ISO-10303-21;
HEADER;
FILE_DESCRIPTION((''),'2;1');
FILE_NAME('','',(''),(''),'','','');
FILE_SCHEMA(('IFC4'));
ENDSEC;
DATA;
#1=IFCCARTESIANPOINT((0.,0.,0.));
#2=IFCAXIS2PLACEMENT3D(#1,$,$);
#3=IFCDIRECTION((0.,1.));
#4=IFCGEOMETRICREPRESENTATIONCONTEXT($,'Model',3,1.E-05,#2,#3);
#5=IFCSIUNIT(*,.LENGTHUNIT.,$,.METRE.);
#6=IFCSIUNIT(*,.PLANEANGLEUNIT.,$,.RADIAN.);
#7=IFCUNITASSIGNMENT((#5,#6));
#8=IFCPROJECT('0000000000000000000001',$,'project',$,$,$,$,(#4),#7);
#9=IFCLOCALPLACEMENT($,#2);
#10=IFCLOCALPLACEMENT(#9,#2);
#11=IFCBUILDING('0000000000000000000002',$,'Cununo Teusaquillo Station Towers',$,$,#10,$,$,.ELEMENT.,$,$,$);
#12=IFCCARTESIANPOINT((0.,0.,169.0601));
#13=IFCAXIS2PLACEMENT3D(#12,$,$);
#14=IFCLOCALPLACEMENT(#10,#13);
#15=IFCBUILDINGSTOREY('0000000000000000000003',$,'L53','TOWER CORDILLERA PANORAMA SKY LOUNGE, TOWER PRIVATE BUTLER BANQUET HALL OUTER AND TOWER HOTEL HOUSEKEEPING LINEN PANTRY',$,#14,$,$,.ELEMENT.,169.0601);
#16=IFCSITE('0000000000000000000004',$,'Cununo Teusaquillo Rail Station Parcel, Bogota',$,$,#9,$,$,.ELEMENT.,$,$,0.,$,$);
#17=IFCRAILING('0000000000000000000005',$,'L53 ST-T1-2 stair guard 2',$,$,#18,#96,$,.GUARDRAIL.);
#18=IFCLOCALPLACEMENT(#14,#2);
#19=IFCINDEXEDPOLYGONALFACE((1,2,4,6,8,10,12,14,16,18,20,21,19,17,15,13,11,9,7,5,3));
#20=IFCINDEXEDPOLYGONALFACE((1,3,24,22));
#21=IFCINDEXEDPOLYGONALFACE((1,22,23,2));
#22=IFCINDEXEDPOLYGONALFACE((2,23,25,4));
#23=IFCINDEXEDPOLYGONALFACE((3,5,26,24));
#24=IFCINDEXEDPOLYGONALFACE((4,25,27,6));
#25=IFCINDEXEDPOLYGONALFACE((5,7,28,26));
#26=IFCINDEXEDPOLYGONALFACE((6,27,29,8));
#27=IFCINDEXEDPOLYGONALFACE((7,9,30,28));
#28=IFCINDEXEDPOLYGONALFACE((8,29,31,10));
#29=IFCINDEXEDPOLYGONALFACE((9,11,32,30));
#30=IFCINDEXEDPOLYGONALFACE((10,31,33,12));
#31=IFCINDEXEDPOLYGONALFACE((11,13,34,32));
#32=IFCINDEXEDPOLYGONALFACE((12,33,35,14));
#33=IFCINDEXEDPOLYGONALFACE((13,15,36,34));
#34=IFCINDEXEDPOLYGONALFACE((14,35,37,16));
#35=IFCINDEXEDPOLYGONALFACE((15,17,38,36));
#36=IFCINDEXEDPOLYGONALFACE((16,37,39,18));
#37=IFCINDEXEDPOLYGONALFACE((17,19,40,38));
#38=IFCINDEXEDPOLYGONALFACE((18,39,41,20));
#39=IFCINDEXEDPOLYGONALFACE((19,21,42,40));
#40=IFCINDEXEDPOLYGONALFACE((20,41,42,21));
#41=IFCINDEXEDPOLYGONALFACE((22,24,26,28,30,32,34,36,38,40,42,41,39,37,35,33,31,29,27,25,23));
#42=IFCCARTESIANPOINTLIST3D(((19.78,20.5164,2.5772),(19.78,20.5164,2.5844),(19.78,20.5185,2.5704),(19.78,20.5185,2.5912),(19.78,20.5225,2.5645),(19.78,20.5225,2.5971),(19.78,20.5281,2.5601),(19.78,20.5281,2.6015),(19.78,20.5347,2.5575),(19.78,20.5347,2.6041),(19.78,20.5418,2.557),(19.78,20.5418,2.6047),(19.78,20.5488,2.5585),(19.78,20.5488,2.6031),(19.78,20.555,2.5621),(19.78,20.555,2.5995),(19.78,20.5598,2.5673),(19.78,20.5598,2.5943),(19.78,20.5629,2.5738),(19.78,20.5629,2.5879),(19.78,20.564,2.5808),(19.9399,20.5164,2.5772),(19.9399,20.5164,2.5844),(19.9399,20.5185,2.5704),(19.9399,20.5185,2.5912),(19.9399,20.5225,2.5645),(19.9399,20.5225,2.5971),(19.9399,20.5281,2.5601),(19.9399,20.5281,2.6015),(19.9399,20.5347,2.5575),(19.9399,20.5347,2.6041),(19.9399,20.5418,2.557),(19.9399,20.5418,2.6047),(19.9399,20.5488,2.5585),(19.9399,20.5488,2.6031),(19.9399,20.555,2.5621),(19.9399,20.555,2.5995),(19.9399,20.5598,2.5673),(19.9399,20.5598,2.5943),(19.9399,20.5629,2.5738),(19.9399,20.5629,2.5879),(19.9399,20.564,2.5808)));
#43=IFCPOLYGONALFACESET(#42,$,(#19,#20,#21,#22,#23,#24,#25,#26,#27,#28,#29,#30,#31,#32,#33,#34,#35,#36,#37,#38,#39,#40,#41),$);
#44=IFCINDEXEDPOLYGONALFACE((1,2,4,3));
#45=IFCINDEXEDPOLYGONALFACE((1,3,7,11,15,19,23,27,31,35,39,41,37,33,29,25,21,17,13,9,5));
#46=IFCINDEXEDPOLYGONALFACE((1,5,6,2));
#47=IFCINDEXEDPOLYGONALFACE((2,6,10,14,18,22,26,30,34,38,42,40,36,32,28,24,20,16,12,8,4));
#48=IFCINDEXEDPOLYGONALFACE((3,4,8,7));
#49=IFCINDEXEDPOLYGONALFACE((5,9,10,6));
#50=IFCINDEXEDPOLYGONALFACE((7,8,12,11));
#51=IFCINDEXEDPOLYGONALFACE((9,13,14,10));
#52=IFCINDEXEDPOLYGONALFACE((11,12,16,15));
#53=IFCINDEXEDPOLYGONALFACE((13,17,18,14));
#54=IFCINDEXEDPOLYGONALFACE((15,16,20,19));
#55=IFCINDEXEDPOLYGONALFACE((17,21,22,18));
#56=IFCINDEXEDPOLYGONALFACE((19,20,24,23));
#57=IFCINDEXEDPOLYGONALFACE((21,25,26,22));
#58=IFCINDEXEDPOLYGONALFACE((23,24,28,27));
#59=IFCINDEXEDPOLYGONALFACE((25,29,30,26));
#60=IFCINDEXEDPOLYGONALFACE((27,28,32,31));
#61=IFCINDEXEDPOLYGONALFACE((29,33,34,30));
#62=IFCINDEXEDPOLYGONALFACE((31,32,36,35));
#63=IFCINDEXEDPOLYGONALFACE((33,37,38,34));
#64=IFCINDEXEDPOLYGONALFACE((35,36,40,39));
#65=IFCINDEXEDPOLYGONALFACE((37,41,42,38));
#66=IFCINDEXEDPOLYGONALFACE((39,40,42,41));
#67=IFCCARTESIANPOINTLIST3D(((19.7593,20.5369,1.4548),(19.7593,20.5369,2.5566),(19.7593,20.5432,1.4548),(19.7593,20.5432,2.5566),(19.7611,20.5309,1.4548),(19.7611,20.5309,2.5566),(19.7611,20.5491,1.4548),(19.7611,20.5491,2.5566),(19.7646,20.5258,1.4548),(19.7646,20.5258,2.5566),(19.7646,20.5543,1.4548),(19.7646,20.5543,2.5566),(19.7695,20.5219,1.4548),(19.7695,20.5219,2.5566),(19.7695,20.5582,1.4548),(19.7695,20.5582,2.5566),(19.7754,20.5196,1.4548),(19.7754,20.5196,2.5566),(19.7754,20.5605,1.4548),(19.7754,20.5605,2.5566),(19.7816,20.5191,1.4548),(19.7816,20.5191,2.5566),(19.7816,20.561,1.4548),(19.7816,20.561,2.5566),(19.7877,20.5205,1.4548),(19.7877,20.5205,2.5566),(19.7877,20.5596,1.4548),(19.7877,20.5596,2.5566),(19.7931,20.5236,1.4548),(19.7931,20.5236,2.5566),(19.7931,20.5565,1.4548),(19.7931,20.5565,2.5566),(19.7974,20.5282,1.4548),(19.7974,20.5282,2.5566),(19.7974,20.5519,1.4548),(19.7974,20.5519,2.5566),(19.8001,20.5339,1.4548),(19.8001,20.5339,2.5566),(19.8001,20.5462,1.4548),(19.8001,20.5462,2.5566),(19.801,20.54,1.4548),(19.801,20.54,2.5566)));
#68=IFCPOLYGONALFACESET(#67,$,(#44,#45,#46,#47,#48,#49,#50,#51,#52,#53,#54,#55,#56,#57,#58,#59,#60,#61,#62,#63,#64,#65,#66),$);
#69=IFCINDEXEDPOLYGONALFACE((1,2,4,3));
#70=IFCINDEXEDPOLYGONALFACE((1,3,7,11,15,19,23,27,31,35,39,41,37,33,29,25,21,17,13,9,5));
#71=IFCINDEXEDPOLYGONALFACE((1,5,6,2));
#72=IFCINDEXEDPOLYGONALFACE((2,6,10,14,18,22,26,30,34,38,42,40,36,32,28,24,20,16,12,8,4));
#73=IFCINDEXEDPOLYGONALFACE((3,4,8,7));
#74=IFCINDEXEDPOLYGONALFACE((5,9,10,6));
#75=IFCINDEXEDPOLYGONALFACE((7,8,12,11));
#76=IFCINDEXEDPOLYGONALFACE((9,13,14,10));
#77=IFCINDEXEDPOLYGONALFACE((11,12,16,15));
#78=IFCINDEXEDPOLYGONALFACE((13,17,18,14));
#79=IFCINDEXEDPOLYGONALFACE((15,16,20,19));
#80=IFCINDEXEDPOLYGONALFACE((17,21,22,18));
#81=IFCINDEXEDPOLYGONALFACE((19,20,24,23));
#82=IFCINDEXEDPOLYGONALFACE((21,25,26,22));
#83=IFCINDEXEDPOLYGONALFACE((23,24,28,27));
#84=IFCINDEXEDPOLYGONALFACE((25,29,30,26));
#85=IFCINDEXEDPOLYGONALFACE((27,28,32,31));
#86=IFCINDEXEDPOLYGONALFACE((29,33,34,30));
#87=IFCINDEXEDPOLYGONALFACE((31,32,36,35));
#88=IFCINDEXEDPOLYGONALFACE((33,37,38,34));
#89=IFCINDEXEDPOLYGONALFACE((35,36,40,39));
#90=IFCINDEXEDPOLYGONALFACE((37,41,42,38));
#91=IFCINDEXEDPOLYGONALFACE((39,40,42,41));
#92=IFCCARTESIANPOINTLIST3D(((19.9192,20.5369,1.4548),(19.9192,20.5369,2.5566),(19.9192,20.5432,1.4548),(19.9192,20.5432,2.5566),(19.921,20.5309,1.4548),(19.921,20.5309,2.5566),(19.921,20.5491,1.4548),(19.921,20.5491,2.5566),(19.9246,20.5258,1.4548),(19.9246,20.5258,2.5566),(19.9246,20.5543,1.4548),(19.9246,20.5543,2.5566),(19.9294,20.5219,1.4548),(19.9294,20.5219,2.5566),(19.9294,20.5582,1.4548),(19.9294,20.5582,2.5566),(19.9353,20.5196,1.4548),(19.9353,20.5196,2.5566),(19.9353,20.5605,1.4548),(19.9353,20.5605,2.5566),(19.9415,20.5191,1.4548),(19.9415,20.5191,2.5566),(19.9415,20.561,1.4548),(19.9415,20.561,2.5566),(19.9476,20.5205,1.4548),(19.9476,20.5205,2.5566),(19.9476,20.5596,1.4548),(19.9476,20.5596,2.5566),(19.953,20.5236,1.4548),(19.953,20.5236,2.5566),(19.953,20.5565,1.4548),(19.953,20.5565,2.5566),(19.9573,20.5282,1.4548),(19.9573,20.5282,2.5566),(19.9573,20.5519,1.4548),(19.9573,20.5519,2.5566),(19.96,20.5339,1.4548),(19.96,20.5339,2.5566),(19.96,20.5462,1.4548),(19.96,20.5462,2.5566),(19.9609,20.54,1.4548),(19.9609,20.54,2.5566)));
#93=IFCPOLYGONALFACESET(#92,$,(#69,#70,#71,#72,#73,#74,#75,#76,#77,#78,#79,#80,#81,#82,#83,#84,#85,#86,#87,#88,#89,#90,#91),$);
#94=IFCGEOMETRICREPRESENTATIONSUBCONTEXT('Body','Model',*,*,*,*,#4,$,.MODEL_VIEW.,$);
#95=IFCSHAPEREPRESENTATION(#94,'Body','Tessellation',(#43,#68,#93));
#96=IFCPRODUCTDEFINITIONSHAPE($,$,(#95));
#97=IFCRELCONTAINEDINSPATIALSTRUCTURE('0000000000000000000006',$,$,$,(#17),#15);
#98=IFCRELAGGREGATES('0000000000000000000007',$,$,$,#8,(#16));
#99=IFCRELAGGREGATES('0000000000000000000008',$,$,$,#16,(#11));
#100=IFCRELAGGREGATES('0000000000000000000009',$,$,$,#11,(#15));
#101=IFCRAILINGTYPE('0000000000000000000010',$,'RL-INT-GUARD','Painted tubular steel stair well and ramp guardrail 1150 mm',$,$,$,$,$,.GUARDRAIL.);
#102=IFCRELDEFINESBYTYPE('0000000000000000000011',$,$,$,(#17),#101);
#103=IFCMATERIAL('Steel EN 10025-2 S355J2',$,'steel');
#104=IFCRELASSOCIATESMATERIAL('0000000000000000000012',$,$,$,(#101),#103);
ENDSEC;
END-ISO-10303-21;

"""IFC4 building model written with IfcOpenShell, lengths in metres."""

from ifc_helpers import new_model, si_unit, direction, frame, origin, origin_2d, place, context, subcontext, project, spatial, circle, extrude, material, type_object, element, save


model = new_model("IFC4")

# Units and contexts
model_context = context("Model", 3, precision=1e-05, world=origin(), true_north=direction((0.0, 1.0)))
body_context = subcontext(model_context, "Body", "Model", "MODEL_VIEW")
ifc_project = project(units=[si_unit("LENGTHUNIT", "METRE"), si_unit("PLANEANGLEUNIT", "RADIAN")], contexts=[model_context])

# Site, building, storey
site_placement = place(None, origin())
site = spatial("IfcSite", under=ifc_project, at=site_placement, Name="Cununo Teusaquillo Rail Station Parcel, Bogota", CompositionType="ELEMENT", RefElevation=0.0)
building_placement = place(site_placement, origin())
building = spatial("IfcBuilding", under=site, at=building_placement, Name="Cununo Teusaquillo Station Towers", CompositionType="ELEMENT")
storey_placement = place(building_placement, frame((0.0, 0.0, 169.0601)))
storey = spatial("IfcBuildingStorey", under=building, at=storey_placement, Name="L53", Description="TOWER CORDILLERA PANORAMA SKY LOUNGE, TOWER PRIVATE BUTLER BANQUET HALL OUTER AND TOWER HOTEL HOUSEKEEPING LINEN PANTRY", CompositionType="ELEMENT", Elevation=169.0601)

# Railing
ifc_material_1 = material(Name="Steel EN 10025-2 S355J2", Category="steel")
railing_type_1 = type_object("IfcRailingType", Name="RL-INT-GUARD", Description="Painted tubular steel stair well and ramp guardrail 1150 mm", PredefinedType="GUARDRAIL", material=ifc_material_1)
railing_1_placement = place(storey_placement, frame((19.78, 20.54, 1.4548)))
element("IfcRailing", 1, at=railing_1_placement, inside=storey, type_object=railing_type_1, Name="L53 ST-T1-2 stair guard 2", PredefinedType="GUARDRAIL", context=body_context, shape_type="SweptSolid", body=[
    extrude(circle(Radius=0.0239, at=origin_2d()), frame((0.0, 0.0, 1.126), z_axis=(1.0, 0.0, 0.0), x_axis=(0.0, 1.0, 0.0)), (0.0, 0.0, 1.0), 0.1599),
    extrude(circle(Radius=0.021, at=origin_2d()), origin(), (0.0, 0.0, 1.0), 1.1018),
    extrude(circle(Radius=0.021, at=origin_2d()), frame((0.1599, 0.0, 0.0)), (0.0, 0.0, 1.0), 1.1018),
])

save(model, "model.ifc")
